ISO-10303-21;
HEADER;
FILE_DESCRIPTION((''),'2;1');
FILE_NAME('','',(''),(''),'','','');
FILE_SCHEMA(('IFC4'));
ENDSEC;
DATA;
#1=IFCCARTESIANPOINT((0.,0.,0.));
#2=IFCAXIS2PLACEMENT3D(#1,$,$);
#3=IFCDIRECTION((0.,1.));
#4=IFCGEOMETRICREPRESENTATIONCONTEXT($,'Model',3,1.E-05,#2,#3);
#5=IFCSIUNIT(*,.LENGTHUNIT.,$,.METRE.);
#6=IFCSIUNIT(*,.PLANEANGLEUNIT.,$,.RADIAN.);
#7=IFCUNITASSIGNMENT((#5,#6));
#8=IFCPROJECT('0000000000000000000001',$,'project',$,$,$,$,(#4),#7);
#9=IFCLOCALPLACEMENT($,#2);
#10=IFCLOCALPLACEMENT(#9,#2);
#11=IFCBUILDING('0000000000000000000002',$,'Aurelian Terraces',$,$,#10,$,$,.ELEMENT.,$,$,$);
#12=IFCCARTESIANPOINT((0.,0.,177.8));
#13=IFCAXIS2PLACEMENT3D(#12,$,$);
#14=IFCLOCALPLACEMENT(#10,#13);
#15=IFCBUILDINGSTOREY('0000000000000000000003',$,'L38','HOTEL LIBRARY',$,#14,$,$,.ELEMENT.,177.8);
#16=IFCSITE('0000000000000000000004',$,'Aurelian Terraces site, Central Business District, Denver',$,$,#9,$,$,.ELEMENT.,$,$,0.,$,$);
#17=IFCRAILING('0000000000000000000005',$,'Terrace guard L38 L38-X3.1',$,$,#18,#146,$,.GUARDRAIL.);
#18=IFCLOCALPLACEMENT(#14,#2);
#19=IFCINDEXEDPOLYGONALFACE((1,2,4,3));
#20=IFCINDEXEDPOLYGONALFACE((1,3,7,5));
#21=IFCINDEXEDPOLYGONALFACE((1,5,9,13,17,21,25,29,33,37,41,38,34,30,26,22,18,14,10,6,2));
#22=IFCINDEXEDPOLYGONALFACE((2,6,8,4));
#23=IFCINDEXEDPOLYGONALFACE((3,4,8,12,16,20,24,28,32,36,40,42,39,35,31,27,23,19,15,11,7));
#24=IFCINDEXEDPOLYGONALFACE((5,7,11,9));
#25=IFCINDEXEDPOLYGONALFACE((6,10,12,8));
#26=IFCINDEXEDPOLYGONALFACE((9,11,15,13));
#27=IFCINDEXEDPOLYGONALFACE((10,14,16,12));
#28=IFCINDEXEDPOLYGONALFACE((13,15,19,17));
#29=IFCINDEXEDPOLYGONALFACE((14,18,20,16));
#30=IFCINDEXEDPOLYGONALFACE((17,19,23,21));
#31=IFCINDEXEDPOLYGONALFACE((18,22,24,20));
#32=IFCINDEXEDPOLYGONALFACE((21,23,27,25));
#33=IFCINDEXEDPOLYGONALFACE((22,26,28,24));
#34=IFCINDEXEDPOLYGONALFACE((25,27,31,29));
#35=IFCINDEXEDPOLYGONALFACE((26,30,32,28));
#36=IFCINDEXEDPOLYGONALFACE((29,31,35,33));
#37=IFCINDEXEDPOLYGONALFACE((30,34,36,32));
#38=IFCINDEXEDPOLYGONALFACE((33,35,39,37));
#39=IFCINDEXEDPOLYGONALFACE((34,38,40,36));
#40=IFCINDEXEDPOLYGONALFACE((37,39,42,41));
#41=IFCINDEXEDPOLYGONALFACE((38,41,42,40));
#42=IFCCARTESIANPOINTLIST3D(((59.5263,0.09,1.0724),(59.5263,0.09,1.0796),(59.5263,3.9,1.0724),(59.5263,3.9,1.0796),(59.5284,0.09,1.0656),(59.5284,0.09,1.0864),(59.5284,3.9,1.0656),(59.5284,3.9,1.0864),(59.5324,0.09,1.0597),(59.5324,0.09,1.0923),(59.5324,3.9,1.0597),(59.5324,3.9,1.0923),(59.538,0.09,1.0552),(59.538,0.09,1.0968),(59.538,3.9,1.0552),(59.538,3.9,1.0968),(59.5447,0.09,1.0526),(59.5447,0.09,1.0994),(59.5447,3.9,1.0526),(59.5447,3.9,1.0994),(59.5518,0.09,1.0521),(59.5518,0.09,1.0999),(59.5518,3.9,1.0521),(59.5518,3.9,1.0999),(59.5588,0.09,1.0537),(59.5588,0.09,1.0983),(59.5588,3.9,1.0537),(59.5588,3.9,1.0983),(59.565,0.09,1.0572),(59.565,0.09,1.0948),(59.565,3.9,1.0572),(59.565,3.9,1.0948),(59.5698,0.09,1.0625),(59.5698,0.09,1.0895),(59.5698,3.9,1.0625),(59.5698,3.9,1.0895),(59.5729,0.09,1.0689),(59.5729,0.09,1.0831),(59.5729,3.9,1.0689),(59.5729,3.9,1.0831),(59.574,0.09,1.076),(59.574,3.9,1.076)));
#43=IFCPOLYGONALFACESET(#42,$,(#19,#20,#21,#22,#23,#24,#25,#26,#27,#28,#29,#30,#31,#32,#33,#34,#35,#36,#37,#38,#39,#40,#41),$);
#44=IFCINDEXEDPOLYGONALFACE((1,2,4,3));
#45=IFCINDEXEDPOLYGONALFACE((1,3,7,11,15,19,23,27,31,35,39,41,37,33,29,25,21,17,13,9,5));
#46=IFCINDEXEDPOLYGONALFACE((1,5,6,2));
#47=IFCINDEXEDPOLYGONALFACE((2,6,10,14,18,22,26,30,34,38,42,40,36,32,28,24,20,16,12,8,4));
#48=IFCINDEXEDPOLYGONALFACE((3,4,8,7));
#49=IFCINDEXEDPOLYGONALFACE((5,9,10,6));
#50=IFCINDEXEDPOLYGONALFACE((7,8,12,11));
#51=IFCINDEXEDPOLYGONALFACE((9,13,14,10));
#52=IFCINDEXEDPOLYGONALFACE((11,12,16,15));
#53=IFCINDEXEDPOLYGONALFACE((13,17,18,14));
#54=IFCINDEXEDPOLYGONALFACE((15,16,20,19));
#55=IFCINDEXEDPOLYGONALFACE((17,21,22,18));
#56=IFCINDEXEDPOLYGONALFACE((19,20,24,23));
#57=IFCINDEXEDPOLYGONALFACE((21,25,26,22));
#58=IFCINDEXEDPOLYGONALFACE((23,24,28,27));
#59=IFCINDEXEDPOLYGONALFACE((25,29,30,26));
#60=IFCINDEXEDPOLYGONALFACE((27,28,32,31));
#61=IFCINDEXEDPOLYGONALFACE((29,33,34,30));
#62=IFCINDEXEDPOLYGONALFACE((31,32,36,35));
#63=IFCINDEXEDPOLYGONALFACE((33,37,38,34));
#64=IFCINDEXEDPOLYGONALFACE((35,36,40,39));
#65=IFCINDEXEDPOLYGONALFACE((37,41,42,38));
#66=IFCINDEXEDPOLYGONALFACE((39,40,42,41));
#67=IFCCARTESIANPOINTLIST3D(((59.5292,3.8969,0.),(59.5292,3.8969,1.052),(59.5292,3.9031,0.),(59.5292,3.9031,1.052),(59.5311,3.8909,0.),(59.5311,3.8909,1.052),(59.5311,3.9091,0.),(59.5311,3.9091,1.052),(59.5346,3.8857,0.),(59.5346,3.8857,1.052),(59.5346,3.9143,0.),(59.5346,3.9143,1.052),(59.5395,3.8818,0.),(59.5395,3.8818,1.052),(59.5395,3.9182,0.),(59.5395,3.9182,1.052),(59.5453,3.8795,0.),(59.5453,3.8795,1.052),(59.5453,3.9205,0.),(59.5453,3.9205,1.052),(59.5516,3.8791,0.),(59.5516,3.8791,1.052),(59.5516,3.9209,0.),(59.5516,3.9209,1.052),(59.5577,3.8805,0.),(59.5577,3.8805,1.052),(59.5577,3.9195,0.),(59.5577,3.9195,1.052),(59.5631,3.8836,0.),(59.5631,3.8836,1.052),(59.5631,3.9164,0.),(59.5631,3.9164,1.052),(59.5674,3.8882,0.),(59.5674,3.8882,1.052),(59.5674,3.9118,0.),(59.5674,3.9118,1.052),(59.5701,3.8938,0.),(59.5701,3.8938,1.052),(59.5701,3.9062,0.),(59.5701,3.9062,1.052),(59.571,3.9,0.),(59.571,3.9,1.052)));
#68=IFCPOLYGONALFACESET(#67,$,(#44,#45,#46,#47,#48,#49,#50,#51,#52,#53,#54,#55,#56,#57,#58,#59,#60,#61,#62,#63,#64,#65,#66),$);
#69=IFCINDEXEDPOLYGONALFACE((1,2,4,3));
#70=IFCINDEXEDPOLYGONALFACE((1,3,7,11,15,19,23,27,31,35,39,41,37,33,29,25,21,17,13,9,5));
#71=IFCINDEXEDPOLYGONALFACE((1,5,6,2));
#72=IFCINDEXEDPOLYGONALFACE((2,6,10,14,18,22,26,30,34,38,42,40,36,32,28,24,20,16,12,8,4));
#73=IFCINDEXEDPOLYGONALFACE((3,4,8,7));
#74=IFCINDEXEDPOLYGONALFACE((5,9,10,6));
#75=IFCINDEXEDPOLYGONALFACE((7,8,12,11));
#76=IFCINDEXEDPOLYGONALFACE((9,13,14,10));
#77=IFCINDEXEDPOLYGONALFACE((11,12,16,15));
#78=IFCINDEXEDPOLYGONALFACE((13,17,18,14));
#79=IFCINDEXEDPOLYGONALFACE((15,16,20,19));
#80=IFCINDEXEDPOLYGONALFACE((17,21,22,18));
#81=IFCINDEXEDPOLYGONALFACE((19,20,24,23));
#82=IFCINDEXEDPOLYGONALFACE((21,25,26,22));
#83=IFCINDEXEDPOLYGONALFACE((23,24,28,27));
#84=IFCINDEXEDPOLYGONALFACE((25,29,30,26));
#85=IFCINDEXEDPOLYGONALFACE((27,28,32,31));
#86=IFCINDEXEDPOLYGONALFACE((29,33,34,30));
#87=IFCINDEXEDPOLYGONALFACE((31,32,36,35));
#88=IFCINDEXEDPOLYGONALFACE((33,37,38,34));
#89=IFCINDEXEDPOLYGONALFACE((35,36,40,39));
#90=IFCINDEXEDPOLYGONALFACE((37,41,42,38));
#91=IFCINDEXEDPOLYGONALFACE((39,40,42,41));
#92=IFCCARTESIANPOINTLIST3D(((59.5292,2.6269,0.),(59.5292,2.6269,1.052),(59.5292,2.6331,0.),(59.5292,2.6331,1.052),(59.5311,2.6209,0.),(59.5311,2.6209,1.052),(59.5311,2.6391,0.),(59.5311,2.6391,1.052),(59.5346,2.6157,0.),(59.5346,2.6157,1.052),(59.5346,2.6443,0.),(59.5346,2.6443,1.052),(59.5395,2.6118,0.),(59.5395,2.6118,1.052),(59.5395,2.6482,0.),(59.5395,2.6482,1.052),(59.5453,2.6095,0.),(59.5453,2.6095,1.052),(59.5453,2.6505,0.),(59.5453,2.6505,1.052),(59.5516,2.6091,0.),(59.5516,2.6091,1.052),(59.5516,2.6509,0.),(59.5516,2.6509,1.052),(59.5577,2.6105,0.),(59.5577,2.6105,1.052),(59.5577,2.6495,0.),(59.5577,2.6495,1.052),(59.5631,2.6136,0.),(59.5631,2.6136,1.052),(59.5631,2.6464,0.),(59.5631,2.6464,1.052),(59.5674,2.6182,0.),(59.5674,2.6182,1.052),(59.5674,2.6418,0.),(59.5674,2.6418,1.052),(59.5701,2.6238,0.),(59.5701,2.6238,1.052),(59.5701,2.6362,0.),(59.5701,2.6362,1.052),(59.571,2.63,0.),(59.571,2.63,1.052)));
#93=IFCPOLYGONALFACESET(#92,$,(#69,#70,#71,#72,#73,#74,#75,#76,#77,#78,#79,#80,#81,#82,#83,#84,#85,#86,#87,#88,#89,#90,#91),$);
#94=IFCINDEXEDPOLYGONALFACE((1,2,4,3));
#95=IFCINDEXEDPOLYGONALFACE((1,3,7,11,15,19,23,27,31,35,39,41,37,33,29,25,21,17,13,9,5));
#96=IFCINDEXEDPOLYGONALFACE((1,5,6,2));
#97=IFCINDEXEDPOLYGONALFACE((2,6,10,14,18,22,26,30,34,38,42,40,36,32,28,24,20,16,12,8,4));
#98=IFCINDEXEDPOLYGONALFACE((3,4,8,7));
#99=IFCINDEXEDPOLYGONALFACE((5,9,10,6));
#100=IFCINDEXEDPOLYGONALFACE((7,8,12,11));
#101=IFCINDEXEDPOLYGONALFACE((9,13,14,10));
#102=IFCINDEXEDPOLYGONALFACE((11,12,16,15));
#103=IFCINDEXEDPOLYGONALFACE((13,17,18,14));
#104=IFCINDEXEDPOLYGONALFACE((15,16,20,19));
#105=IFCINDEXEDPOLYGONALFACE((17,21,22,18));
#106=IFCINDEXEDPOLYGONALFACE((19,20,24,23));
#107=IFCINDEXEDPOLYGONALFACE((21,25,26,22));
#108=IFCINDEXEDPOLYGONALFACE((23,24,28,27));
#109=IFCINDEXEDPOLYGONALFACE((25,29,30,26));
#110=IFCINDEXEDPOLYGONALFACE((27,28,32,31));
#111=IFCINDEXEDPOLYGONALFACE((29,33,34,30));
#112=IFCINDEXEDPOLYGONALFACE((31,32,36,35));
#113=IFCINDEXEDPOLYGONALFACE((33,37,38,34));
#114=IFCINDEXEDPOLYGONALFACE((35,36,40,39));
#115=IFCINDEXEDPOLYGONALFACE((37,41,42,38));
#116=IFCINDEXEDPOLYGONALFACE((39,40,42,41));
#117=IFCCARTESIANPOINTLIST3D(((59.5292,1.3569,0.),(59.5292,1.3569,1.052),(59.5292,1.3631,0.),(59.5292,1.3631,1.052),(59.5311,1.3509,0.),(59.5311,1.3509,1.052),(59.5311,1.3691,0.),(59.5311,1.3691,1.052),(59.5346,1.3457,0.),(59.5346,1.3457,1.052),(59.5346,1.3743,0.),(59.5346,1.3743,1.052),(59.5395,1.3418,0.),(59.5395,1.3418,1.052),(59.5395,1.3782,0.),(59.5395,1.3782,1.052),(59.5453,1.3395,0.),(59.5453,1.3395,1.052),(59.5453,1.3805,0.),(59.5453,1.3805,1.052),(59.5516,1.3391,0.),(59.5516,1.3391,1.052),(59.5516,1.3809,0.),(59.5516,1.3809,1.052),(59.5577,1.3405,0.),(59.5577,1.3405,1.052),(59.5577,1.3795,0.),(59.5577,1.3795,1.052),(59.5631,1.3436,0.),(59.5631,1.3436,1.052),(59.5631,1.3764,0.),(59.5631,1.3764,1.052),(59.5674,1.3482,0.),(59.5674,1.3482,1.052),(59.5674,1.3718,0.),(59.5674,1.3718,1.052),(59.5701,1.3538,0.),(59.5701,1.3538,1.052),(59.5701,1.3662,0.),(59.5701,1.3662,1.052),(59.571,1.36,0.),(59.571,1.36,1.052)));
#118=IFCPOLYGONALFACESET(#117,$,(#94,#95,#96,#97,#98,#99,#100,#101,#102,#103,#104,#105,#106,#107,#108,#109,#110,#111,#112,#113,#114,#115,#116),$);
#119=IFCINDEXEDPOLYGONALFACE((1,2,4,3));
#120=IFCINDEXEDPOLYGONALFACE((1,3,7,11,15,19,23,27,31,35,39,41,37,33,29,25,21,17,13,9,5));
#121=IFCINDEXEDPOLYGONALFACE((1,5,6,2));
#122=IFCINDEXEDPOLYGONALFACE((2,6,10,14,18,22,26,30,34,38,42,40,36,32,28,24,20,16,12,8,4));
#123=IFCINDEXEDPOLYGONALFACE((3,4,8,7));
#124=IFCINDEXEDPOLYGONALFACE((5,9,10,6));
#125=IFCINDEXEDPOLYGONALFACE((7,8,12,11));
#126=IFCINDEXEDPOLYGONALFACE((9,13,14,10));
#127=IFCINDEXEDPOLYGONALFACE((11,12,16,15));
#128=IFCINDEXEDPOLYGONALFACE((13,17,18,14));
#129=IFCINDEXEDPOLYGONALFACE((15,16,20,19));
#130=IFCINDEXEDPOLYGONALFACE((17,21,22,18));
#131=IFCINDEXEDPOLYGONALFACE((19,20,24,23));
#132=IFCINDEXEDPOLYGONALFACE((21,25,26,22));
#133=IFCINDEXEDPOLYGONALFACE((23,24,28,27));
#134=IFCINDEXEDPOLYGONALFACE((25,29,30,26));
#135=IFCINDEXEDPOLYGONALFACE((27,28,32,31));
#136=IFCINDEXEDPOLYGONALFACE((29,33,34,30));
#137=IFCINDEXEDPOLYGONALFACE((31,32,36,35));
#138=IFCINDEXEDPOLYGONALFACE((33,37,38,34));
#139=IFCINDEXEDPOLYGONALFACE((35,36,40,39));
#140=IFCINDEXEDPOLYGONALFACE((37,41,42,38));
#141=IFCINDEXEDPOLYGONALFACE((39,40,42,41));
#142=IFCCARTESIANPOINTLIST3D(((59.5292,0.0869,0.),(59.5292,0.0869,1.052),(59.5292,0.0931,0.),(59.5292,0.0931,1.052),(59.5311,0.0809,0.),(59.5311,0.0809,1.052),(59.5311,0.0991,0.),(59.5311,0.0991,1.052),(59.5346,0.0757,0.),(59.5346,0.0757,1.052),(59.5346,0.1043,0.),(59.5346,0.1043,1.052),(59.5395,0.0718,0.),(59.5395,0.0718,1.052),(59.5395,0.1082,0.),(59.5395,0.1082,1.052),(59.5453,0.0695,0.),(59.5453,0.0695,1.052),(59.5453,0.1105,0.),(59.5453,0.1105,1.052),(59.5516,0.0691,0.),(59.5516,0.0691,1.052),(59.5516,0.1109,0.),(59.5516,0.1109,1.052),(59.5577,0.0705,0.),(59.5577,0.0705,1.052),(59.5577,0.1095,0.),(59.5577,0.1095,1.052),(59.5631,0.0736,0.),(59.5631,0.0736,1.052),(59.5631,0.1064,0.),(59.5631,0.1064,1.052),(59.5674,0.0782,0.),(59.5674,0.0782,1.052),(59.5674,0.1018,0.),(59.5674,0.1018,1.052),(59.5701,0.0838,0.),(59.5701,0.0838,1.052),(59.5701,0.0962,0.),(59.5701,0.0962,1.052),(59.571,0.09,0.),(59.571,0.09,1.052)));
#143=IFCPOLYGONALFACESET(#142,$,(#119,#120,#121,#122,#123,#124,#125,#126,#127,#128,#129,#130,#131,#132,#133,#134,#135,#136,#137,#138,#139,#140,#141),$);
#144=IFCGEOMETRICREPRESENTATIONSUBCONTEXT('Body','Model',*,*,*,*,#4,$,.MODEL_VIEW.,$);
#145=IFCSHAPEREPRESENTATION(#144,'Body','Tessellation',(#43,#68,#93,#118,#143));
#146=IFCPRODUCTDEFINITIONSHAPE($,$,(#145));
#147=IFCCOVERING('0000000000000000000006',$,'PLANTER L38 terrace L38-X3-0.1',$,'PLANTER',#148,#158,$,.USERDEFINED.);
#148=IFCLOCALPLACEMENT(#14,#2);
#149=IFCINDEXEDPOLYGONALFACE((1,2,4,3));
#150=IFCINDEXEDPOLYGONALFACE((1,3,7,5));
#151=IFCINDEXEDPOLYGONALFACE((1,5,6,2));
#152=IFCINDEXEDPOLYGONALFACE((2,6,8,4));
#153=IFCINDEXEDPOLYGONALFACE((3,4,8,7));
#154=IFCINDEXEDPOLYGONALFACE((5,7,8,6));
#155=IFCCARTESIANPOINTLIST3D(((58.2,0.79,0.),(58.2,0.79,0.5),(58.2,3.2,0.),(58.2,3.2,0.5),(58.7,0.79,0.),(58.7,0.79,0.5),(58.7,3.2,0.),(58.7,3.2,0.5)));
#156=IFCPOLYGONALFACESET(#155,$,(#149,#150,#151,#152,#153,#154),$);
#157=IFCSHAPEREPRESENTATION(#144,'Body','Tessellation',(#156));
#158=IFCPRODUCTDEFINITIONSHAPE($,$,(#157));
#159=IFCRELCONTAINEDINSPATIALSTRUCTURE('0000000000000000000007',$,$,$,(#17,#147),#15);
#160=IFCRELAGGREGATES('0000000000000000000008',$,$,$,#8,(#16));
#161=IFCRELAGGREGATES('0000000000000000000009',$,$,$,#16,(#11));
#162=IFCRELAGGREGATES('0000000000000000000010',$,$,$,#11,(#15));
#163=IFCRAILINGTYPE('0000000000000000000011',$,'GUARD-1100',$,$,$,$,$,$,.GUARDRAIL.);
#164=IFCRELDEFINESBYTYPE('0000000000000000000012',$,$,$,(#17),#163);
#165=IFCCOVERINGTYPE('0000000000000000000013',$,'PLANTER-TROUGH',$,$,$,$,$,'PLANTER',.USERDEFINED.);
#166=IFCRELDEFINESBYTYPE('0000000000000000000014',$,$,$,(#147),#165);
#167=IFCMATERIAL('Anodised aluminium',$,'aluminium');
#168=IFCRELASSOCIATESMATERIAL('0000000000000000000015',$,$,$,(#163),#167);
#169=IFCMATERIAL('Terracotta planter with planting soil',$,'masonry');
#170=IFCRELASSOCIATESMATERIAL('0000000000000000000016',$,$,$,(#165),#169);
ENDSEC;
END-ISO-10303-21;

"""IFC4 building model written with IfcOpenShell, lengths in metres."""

from ifc_helpers import new_model, si_unit, direction, frame, origin, origin_2d, place, context, subcontext, project, spatial, rectangle, circle, extrude, source, transform, mapped, material, type_object, element, save


model = new_model("IFC4")

# Units and contexts
model_context = context("Model", 3, precision=1e-05, world=origin(), true_north=direction((0.0, 1.0)))
body_context = subcontext(model_context, "Body", "Model", "MODEL_VIEW")
ifc_project = project(units=[si_unit("LENGTHUNIT", "METRE"), si_unit("PLANEANGLEUNIT", "RADIAN")], contexts=[model_context])

# Site, building, storey
site_placement = place(None, origin())
site = spatial("IfcSite", under=ifc_project, at=site_placement, Name="Aurelian Terraces site, Central Business District, Denver", CompositionType="ELEMENT", RefElevation=0.0)
building_placement = place(site_placement, origin())
building = spatial("IfcBuilding", under=site, at=building_placement, Name="Aurelian Terraces", CompositionType="ELEMENT")
storey_placement = place(building_placement, frame((0.0, 0.0, 177.8)))
storey = spatial("IfcBuildingStorey", under=building, at=storey_placement, Name="L38", Description="HOTEL LIBRARY", CompositionType="ELEMENT", Elevation=177.8)

# Shared definitions
ifc_material_1 = material(Name="Anodised aluminium", Category="aluminium")
railing_type = type_object("IfcRailingType", Name="GUARD-1100", PredefinedType="GUARDRAIL", material=ifc_material_1)

# Shared definitions
ifc_material_2 = material(Name="Terracotta planter with planting soil", Category="masonry")
covering_type = type_object("IfcCoveringType", Name="PLANTER-TROUGH", ElementType="PLANTER", PredefinedType="USERDEFINED", material=ifc_material_2)

# Railing
shared_shape_1 = source(origin(), body_context, "Body", "SweptSolid", [
    extrude(circle(Radius=0.024, at=origin_2d()), frame((0.0, 0.0, 1.076), z_axis=(0.0, -1.0, 0.0), x_axis=(1.0, 0.0, 0.0)), (0.0, 0.0, 1.0), 3.81),
    extrude(circle(Radius=0.021, at=origin_2d()), origin(), (0.0, 0.0, 1.0), 1.052),
    extrude(circle(Radius=0.021, at=origin_2d()), frame((0.0, -1.27, 0.0)), (0.0, 0.0, 1.0), 1.052),
    extrude(circle(Radius=0.021, at=origin_2d()), frame((0.0, -2.54, 0.0)), (0.0, 0.0, 1.0), 1.052),
    extrude(circle(Radius=0.021, at=origin_2d()), frame((0.0, -3.81, 0.0)), (0.0, 0.0, 1.0), 1.052),
])
railing_1_placement = place(storey_placement, frame((59.55, 3.9, 0.0)))
element("IfcRailing", 1, at=railing_1_placement, inside=storey, type_object=railing_type, Name="Terrace guard L38 L38-X3.1", PredefinedType="GUARDRAIL", context=body_context, shape_type="MappedRepresentation", body=[
    mapped(shared_shape_1, transform((0.0, 0.0, 0.0), scale=1.0)),
])

# Covering
shared_shape_2 = source(origin(), body_context, "Body", "SweptSolid", [
    extrude(rectangle(XDim=0.5, YDim=2.41, at=origin_2d()), origin(), (0.0, 0.0, 1.0), 0.5),
])
covering_1_placement = place(storey_placement, frame((58.45, 1.995, 0.0), z_axis=(0.0, 0.0, 1.0), x_axis=(1.0, 0.0, 0.0)))
element("IfcCovering", 2, at=covering_1_placement, inside=storey, type_object=covering_type, Name="PLANTER L38 terrace L38-X3-0.1", ObjectType="PLANTER", PredefinedType="USERDEFINED", context=body_context, shape_type="MappedRepresentation", body=[
    mapped(shared_shape_2, transform((0.0, 0.0, 0.0), scale=1.0)),
])

save(model, "model.ifc")
